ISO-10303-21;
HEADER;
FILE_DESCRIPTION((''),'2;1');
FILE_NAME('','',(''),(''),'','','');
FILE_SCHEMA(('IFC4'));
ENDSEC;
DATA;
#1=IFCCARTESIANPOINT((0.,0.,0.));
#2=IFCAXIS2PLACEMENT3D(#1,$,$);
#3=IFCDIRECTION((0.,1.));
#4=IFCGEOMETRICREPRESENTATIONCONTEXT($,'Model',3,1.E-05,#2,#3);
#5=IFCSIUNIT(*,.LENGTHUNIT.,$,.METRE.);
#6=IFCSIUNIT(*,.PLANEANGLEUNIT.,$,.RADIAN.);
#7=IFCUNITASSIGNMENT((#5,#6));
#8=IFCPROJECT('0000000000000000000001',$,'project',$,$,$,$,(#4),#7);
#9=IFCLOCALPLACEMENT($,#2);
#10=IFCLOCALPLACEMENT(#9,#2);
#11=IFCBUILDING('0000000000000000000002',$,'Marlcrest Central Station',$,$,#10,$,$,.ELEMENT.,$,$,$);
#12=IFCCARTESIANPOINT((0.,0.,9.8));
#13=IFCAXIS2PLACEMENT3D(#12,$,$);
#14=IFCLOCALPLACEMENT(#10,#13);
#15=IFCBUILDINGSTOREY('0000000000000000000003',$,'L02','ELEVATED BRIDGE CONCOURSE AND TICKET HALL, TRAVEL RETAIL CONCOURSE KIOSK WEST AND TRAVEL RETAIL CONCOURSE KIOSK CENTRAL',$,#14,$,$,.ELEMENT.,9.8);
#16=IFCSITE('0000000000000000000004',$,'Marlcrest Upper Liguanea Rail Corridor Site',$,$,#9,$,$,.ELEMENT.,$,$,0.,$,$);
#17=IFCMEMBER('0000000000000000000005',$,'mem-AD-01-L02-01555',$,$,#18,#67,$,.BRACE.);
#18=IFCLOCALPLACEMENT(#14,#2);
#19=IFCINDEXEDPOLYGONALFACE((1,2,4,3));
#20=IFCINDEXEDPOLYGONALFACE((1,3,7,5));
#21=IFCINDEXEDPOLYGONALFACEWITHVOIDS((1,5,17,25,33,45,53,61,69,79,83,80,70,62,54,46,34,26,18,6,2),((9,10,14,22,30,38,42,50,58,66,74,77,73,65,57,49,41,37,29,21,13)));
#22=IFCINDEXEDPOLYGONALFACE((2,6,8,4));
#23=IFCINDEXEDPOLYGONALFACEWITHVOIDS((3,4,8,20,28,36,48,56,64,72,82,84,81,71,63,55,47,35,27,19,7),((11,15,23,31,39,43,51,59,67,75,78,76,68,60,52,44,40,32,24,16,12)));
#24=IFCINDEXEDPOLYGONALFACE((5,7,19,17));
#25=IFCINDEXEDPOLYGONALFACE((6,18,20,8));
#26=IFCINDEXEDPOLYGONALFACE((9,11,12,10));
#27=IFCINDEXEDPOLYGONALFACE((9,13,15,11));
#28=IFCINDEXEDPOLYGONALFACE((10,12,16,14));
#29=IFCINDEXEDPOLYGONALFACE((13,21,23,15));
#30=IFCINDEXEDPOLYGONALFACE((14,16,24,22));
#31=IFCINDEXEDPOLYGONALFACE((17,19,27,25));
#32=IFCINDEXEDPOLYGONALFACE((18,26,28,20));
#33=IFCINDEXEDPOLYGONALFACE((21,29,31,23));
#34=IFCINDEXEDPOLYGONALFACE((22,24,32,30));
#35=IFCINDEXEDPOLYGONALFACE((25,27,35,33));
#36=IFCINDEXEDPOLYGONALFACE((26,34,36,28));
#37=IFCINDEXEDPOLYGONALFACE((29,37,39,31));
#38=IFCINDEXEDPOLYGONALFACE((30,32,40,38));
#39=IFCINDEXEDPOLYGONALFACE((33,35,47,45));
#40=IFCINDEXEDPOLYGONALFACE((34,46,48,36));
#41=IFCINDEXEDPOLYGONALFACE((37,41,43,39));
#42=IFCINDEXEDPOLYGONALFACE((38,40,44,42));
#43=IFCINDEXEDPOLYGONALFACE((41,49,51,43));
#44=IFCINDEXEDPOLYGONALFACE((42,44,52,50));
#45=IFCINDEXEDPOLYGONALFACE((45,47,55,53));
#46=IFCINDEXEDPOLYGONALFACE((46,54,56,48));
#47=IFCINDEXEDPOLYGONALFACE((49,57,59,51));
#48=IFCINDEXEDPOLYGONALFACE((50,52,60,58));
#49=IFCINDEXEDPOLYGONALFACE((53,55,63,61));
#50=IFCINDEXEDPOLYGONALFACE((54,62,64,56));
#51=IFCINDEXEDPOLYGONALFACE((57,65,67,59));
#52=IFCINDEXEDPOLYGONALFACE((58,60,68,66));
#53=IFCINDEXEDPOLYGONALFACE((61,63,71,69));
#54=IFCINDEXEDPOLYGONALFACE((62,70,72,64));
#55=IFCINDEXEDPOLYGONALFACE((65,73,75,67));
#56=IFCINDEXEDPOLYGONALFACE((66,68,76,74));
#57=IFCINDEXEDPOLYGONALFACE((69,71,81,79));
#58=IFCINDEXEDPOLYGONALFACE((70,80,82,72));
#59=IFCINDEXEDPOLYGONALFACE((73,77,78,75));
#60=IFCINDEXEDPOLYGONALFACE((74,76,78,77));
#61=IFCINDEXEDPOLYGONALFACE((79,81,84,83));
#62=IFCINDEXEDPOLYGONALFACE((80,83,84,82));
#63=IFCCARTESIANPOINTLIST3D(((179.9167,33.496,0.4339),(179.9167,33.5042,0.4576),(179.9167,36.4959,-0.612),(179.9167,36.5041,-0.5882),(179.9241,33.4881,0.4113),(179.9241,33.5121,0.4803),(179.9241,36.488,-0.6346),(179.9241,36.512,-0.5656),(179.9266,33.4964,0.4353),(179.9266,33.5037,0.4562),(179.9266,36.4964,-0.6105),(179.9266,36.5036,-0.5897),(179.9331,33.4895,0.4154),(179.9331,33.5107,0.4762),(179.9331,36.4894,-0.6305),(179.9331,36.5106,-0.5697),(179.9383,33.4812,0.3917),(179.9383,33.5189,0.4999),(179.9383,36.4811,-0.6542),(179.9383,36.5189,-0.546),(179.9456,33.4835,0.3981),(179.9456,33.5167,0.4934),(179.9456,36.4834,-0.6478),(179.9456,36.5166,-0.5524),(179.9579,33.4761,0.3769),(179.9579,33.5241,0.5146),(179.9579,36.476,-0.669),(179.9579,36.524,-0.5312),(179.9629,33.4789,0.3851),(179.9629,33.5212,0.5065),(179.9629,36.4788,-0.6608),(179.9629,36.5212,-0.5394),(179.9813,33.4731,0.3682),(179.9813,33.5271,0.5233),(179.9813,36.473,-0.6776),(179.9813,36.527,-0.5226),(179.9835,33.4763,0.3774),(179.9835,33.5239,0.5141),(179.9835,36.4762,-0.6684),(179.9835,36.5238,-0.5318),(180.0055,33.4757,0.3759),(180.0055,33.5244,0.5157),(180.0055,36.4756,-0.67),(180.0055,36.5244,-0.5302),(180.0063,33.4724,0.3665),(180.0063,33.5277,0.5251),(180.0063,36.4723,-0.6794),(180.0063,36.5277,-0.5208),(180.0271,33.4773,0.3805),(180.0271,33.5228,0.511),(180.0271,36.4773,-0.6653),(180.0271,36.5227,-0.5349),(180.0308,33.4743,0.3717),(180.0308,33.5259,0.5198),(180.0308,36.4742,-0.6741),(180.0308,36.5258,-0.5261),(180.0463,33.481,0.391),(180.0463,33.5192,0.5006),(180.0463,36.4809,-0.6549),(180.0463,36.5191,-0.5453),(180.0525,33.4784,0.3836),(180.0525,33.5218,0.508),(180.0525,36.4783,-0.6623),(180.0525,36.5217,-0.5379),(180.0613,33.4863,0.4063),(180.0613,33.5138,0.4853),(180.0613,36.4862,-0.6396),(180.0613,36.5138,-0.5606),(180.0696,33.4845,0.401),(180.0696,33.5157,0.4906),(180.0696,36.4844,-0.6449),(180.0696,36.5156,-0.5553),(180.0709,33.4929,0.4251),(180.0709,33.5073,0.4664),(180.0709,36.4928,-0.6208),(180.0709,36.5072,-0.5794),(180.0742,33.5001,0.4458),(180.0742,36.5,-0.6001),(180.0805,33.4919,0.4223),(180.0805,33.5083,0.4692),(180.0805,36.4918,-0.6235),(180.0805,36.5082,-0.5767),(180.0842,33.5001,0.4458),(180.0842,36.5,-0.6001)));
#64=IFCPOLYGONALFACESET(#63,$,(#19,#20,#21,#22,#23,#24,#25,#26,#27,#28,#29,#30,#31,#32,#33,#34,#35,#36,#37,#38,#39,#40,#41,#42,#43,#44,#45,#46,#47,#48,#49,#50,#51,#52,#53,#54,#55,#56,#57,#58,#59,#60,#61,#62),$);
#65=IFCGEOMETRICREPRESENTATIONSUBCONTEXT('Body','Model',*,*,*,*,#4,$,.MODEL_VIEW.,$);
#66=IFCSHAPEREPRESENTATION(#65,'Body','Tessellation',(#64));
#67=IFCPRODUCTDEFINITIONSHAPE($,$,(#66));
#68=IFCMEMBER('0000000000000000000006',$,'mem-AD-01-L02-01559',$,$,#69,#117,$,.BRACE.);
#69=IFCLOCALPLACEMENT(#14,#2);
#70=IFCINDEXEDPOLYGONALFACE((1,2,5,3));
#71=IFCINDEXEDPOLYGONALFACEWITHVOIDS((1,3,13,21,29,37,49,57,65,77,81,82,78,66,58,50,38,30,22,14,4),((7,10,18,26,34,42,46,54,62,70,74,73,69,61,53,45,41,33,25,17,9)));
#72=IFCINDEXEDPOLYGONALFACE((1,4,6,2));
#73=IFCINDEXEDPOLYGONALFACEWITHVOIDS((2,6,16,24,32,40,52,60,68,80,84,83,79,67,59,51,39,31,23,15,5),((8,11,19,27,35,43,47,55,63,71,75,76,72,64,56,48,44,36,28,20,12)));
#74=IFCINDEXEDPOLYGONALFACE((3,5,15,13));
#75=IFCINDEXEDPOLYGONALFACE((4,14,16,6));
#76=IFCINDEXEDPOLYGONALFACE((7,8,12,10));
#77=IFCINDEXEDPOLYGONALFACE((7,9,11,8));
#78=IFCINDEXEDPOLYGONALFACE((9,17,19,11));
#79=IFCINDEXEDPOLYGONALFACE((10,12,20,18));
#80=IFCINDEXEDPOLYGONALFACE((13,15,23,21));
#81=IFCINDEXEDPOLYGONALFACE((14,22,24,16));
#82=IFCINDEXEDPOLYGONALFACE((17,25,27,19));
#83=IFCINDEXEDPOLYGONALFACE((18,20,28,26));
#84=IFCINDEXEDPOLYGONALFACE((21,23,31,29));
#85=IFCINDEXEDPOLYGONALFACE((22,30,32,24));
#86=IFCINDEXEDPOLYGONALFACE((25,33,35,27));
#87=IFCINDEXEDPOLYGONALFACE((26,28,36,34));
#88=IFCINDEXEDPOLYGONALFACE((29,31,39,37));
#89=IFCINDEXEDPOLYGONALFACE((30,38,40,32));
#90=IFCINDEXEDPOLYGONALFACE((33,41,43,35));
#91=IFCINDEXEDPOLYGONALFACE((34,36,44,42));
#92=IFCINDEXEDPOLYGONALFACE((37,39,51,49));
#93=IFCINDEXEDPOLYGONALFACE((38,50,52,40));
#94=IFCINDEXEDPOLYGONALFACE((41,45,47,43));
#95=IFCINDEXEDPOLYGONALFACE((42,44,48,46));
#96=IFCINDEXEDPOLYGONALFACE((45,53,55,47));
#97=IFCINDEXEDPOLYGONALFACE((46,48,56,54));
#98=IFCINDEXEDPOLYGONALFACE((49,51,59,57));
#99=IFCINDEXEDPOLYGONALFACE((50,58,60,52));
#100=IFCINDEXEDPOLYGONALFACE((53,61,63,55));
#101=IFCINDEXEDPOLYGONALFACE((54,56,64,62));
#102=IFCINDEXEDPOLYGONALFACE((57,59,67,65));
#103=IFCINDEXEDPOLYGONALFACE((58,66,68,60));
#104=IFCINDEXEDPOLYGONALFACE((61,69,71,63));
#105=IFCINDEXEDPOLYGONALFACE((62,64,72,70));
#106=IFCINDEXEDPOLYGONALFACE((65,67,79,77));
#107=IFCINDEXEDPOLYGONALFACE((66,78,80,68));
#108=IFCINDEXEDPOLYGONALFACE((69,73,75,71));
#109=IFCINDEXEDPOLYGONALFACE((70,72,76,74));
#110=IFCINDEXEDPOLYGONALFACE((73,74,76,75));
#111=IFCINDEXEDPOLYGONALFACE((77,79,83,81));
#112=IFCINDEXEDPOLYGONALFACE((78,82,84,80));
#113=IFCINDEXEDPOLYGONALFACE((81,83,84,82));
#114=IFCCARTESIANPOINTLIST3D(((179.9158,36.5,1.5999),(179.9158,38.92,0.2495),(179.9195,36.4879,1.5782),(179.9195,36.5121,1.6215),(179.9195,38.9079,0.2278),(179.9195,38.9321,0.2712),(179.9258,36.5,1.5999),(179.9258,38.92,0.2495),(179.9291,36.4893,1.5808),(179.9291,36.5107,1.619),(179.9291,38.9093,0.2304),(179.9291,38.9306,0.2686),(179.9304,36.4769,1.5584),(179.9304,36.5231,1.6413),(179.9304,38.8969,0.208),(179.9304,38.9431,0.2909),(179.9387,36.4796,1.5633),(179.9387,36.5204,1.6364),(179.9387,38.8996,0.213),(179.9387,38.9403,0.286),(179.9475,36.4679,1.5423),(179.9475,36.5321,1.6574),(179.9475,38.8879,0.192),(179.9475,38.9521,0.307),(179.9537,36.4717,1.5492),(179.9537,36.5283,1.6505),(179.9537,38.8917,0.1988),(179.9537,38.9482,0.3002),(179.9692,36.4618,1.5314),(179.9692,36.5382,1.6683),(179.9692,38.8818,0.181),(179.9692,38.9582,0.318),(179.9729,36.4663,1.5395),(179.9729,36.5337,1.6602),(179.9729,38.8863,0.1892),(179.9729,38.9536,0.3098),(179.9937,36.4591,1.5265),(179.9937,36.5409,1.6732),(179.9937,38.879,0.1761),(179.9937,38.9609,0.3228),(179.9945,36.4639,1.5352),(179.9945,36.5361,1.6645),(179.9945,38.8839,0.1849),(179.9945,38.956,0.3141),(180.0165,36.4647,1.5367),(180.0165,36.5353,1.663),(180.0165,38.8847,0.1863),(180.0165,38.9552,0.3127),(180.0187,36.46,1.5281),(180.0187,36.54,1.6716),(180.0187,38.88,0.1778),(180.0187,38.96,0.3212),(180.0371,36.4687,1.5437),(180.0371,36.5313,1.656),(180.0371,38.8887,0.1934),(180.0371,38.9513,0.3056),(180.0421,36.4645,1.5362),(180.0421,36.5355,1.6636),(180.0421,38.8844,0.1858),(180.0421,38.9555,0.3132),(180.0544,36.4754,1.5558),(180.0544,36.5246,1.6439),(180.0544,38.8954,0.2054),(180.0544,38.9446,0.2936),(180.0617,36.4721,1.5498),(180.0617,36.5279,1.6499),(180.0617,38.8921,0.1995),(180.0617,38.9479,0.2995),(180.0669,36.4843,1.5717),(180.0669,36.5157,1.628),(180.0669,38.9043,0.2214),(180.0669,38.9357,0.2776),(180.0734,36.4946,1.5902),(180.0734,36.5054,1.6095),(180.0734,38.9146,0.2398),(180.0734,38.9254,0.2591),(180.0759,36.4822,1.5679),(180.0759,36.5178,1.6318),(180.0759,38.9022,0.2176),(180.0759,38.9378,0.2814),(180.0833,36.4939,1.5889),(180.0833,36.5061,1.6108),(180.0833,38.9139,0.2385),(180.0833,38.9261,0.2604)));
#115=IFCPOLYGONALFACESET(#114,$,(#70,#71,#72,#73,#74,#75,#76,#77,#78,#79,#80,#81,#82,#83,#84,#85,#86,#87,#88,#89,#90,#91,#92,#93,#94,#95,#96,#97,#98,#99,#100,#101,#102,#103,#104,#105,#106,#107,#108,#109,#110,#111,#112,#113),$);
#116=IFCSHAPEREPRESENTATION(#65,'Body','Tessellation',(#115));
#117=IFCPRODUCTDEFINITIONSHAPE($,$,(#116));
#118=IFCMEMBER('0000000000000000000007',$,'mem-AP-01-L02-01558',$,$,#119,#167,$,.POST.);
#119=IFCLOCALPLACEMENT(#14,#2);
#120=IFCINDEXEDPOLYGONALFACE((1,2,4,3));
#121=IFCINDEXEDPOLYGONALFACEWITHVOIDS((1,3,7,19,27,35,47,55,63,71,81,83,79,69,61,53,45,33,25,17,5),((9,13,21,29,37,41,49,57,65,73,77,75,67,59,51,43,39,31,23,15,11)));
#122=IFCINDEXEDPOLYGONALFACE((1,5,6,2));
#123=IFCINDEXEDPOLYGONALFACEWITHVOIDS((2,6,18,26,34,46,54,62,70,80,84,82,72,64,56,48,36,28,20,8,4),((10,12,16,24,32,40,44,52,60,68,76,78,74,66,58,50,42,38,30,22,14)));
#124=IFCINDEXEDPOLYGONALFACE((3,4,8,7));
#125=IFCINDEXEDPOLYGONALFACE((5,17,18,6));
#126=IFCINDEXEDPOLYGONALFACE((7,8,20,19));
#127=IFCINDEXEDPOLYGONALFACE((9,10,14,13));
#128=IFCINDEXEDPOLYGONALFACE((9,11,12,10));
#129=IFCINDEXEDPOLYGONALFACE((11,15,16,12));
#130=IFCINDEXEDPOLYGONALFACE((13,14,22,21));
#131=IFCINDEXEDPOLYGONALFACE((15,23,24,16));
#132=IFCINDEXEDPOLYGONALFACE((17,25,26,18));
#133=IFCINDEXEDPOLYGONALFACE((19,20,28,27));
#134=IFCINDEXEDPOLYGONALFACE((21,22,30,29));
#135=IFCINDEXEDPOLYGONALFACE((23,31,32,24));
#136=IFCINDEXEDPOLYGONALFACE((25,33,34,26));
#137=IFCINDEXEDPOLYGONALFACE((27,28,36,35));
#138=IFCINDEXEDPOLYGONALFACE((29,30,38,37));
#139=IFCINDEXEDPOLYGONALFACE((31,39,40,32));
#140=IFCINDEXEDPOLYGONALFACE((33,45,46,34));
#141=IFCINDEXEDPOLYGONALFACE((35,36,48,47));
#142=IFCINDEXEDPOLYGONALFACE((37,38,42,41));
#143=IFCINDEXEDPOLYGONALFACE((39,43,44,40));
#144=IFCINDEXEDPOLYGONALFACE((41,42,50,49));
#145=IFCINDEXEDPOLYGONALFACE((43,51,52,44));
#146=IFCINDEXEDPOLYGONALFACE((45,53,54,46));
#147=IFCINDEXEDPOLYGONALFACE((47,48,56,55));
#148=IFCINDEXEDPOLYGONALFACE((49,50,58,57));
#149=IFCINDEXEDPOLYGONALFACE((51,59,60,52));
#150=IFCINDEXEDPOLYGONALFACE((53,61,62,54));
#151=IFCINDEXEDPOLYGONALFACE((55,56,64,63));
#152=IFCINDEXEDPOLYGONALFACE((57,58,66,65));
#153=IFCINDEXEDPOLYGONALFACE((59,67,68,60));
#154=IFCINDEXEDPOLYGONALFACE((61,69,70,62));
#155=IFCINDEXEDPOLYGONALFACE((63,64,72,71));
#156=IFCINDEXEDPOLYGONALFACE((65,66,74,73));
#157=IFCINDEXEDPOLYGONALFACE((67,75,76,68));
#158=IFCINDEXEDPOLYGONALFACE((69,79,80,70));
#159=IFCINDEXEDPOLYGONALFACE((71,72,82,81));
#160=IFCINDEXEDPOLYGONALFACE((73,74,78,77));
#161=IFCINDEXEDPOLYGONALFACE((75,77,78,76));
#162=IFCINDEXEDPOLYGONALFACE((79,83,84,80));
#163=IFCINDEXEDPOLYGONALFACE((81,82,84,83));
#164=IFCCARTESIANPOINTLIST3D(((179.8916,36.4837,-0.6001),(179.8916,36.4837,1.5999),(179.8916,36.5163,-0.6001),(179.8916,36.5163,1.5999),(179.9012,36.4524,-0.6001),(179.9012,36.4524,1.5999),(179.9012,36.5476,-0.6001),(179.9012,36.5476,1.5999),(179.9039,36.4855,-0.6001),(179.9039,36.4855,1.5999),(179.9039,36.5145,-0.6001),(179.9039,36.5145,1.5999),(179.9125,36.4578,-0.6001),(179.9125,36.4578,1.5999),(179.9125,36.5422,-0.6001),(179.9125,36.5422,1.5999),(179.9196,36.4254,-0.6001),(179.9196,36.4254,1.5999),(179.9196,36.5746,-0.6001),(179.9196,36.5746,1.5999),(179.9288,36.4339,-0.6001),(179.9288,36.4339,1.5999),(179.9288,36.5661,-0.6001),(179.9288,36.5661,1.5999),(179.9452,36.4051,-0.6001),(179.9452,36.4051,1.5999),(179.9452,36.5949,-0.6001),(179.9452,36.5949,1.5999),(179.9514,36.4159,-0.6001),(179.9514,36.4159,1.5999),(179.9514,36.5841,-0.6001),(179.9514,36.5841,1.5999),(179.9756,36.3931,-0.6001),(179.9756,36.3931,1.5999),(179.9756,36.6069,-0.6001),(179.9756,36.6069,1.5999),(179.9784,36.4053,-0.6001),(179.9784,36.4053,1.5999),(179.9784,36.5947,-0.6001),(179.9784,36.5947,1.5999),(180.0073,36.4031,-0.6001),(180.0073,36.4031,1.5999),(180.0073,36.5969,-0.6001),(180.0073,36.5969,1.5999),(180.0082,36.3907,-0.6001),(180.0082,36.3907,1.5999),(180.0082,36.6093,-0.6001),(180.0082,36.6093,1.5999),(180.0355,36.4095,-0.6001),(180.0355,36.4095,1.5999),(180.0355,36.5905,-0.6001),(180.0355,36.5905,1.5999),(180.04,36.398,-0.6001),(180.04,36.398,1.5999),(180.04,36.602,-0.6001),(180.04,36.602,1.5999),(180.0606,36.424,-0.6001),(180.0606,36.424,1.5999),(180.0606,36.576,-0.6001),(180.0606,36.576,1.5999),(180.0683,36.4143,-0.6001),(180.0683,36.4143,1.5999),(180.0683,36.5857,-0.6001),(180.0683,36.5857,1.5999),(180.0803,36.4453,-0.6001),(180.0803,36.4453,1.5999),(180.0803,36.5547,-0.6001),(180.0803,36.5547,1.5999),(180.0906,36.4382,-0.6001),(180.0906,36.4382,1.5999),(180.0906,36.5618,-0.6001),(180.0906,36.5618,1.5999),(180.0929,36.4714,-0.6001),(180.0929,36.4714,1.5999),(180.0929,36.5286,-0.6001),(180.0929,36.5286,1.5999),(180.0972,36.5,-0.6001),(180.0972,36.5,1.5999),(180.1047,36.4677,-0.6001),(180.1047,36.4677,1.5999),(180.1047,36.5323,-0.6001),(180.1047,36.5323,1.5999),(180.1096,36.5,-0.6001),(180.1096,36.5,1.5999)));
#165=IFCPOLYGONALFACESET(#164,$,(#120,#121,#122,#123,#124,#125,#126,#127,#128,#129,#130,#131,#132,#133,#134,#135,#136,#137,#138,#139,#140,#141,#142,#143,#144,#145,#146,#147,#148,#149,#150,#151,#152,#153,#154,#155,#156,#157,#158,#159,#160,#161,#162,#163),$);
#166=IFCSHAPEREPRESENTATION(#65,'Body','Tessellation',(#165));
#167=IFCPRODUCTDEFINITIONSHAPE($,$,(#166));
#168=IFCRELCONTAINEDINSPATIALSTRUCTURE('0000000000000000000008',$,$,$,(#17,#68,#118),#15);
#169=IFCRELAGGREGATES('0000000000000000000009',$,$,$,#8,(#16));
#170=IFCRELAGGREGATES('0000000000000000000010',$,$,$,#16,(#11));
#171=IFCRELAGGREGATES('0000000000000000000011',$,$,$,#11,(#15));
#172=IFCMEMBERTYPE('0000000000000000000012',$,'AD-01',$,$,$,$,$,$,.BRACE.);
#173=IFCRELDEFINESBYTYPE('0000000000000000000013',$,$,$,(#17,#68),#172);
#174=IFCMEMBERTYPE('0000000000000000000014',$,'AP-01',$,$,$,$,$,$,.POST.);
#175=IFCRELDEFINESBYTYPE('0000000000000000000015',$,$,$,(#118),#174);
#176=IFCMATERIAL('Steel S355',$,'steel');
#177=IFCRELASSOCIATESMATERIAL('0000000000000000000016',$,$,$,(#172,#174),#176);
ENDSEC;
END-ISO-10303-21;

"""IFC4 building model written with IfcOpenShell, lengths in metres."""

from ifc_helpers import new_model, si_unit, direction, frame, origin, origin_2d, place, context, subcontext, project, spatial, hollow_circle, extrude, material, material_profile, profile_set, type_object, element, save


model = new_model("IFC4")

# Units and contexts
model_context = context("Model", 3, precision=1e-05, world=origin(), true_north=direction((0.0, 1.0)))
body_context = subcontext(model_context, "Body", "Model", "MODEL_VIEW")
ifc_project = project(units=[si_unit("LENGTHUNIT", "METRE"), si_unit("PLANEANGLEUNIT", "RADIAN")], contexts=[model_context])

# Site, building, storey
site_placement = place(None, origin())
site = spatial("IfcSite", under=ifc_project, at=site_placement, Name="Marlcrest Upper Liguanea Rail Corridor Site", CompositionType="ELEMENT", RefElevation=0.0)
building_placement = place(site_placement, origin())
building = spatial("IfcBuilding", under=site, at=building_placement, Name="Marlcrest Central Station", CompositionType="ELEMENT")
storey_placement = place(building_placement, frame((0.0, 0.0, 9.8)))
storey = spatial("IfcBuildingStorey", under=building, at=storey_placement, Name="L02", Description="ELEVATED BRIDGE CONCOURSE AND TICKET HALL, TRAVEL RETAIL CONCOURSE KIOSK WEST AND TRAVEL RETAIL CONCOURSE KIOSK CENTRAL", CompositionType="ELEMENT", Elevation=9.8)

# Members
ifc_material_1 = material(Name="Steel S355", Category="steel")
ifc_material_profile_1 = material_profile(ifc_material_1, hollow_circle(Radius=0.0842, WallThickness=0.01, at=origin_2d()), Name="CHS 168.3x10")
ifc_profile_set_1 = profile_set([ifc_material_profile_1], Name="Steel S355")
member_type_1 = type_object("IfcMemberType", Name="AD-01", PredefinedType="BRACE", material=ifc_profile_set_1)
member_1_placement = place(storey_placement, frame((180.0, 36.5, -0.6001), z_axis=(0.0, -0.94426, 0.3292), x_axis=(1.0, 0.0, 0.0)))
element("IfcMember", 1, at=member_1_placement, inside=storey, type_object=member_type_1, Name="mem-AD-01-L02-01555", PredefinedType="BRACE", context=body_context, shape_type="SweptSolid", body=[
    extrude(hollow_circle(Radius=0.0842, WallThickness=0.01, at=origin_2d()), origin(), (0.0, 0.0, 1.0), 3.177),
])
member_2_placement = place(storey_placement, frame((180.0, 36.5, 1.5999), z_axis=(0.0, 0.873246, -0.48728), x_axis=(-1.0, 0.0, 0.0)))
element("IfcMember", 2, at=member_2_placement, inside=storey, type_object=member_type_1, Name="mem-AD-01-L02-01559", PredefinedType="BRACE", context=body_context, shape_type="SweptSolid", body=[
    extrude(hollow_circle(Radius=0.0842, WallThickness=0.01, at=origin_2d()), origin(), (0.0, 0.0, 1.0), 2.7712),
])
ifc_material_profile_2 = material_profile(ifc_material_1, hollow_circle(Radius=0.1096, WallThickness=0.0125, at=origin_2d()), Name="CHS 219.1x12.5")
ifc_profile_set_2 = profile_set([ifc_material_profile_2], Name="Steel S355")
member_type_2 = type_object("IfcMemberType", Name="AP-01", PredefinedType="POST", material=ifc_profile_set_2)
member_3_placement = place(storey_placement, frame((180.0, 36.5, -0.6001), z_axis=(0.0, 0.0, 1.0), x_axis=(1.0, 0.0, 0.0)))
element("IfcMember", 3, at=member_3_placement, inside=storey, type_object=member_type_2, Name="mem-AP-01-L02-01558", PredefinedType="POST", context=body_context, shape_type="SweptSolid", body=[
    extrude(hollow_circle(Radius=0.1096, WallThickness=0.0125, at=origin_2d()), origin(), (0.0, 0.0, 1.0), 2.2),
])

save(model, "model.ifc")
